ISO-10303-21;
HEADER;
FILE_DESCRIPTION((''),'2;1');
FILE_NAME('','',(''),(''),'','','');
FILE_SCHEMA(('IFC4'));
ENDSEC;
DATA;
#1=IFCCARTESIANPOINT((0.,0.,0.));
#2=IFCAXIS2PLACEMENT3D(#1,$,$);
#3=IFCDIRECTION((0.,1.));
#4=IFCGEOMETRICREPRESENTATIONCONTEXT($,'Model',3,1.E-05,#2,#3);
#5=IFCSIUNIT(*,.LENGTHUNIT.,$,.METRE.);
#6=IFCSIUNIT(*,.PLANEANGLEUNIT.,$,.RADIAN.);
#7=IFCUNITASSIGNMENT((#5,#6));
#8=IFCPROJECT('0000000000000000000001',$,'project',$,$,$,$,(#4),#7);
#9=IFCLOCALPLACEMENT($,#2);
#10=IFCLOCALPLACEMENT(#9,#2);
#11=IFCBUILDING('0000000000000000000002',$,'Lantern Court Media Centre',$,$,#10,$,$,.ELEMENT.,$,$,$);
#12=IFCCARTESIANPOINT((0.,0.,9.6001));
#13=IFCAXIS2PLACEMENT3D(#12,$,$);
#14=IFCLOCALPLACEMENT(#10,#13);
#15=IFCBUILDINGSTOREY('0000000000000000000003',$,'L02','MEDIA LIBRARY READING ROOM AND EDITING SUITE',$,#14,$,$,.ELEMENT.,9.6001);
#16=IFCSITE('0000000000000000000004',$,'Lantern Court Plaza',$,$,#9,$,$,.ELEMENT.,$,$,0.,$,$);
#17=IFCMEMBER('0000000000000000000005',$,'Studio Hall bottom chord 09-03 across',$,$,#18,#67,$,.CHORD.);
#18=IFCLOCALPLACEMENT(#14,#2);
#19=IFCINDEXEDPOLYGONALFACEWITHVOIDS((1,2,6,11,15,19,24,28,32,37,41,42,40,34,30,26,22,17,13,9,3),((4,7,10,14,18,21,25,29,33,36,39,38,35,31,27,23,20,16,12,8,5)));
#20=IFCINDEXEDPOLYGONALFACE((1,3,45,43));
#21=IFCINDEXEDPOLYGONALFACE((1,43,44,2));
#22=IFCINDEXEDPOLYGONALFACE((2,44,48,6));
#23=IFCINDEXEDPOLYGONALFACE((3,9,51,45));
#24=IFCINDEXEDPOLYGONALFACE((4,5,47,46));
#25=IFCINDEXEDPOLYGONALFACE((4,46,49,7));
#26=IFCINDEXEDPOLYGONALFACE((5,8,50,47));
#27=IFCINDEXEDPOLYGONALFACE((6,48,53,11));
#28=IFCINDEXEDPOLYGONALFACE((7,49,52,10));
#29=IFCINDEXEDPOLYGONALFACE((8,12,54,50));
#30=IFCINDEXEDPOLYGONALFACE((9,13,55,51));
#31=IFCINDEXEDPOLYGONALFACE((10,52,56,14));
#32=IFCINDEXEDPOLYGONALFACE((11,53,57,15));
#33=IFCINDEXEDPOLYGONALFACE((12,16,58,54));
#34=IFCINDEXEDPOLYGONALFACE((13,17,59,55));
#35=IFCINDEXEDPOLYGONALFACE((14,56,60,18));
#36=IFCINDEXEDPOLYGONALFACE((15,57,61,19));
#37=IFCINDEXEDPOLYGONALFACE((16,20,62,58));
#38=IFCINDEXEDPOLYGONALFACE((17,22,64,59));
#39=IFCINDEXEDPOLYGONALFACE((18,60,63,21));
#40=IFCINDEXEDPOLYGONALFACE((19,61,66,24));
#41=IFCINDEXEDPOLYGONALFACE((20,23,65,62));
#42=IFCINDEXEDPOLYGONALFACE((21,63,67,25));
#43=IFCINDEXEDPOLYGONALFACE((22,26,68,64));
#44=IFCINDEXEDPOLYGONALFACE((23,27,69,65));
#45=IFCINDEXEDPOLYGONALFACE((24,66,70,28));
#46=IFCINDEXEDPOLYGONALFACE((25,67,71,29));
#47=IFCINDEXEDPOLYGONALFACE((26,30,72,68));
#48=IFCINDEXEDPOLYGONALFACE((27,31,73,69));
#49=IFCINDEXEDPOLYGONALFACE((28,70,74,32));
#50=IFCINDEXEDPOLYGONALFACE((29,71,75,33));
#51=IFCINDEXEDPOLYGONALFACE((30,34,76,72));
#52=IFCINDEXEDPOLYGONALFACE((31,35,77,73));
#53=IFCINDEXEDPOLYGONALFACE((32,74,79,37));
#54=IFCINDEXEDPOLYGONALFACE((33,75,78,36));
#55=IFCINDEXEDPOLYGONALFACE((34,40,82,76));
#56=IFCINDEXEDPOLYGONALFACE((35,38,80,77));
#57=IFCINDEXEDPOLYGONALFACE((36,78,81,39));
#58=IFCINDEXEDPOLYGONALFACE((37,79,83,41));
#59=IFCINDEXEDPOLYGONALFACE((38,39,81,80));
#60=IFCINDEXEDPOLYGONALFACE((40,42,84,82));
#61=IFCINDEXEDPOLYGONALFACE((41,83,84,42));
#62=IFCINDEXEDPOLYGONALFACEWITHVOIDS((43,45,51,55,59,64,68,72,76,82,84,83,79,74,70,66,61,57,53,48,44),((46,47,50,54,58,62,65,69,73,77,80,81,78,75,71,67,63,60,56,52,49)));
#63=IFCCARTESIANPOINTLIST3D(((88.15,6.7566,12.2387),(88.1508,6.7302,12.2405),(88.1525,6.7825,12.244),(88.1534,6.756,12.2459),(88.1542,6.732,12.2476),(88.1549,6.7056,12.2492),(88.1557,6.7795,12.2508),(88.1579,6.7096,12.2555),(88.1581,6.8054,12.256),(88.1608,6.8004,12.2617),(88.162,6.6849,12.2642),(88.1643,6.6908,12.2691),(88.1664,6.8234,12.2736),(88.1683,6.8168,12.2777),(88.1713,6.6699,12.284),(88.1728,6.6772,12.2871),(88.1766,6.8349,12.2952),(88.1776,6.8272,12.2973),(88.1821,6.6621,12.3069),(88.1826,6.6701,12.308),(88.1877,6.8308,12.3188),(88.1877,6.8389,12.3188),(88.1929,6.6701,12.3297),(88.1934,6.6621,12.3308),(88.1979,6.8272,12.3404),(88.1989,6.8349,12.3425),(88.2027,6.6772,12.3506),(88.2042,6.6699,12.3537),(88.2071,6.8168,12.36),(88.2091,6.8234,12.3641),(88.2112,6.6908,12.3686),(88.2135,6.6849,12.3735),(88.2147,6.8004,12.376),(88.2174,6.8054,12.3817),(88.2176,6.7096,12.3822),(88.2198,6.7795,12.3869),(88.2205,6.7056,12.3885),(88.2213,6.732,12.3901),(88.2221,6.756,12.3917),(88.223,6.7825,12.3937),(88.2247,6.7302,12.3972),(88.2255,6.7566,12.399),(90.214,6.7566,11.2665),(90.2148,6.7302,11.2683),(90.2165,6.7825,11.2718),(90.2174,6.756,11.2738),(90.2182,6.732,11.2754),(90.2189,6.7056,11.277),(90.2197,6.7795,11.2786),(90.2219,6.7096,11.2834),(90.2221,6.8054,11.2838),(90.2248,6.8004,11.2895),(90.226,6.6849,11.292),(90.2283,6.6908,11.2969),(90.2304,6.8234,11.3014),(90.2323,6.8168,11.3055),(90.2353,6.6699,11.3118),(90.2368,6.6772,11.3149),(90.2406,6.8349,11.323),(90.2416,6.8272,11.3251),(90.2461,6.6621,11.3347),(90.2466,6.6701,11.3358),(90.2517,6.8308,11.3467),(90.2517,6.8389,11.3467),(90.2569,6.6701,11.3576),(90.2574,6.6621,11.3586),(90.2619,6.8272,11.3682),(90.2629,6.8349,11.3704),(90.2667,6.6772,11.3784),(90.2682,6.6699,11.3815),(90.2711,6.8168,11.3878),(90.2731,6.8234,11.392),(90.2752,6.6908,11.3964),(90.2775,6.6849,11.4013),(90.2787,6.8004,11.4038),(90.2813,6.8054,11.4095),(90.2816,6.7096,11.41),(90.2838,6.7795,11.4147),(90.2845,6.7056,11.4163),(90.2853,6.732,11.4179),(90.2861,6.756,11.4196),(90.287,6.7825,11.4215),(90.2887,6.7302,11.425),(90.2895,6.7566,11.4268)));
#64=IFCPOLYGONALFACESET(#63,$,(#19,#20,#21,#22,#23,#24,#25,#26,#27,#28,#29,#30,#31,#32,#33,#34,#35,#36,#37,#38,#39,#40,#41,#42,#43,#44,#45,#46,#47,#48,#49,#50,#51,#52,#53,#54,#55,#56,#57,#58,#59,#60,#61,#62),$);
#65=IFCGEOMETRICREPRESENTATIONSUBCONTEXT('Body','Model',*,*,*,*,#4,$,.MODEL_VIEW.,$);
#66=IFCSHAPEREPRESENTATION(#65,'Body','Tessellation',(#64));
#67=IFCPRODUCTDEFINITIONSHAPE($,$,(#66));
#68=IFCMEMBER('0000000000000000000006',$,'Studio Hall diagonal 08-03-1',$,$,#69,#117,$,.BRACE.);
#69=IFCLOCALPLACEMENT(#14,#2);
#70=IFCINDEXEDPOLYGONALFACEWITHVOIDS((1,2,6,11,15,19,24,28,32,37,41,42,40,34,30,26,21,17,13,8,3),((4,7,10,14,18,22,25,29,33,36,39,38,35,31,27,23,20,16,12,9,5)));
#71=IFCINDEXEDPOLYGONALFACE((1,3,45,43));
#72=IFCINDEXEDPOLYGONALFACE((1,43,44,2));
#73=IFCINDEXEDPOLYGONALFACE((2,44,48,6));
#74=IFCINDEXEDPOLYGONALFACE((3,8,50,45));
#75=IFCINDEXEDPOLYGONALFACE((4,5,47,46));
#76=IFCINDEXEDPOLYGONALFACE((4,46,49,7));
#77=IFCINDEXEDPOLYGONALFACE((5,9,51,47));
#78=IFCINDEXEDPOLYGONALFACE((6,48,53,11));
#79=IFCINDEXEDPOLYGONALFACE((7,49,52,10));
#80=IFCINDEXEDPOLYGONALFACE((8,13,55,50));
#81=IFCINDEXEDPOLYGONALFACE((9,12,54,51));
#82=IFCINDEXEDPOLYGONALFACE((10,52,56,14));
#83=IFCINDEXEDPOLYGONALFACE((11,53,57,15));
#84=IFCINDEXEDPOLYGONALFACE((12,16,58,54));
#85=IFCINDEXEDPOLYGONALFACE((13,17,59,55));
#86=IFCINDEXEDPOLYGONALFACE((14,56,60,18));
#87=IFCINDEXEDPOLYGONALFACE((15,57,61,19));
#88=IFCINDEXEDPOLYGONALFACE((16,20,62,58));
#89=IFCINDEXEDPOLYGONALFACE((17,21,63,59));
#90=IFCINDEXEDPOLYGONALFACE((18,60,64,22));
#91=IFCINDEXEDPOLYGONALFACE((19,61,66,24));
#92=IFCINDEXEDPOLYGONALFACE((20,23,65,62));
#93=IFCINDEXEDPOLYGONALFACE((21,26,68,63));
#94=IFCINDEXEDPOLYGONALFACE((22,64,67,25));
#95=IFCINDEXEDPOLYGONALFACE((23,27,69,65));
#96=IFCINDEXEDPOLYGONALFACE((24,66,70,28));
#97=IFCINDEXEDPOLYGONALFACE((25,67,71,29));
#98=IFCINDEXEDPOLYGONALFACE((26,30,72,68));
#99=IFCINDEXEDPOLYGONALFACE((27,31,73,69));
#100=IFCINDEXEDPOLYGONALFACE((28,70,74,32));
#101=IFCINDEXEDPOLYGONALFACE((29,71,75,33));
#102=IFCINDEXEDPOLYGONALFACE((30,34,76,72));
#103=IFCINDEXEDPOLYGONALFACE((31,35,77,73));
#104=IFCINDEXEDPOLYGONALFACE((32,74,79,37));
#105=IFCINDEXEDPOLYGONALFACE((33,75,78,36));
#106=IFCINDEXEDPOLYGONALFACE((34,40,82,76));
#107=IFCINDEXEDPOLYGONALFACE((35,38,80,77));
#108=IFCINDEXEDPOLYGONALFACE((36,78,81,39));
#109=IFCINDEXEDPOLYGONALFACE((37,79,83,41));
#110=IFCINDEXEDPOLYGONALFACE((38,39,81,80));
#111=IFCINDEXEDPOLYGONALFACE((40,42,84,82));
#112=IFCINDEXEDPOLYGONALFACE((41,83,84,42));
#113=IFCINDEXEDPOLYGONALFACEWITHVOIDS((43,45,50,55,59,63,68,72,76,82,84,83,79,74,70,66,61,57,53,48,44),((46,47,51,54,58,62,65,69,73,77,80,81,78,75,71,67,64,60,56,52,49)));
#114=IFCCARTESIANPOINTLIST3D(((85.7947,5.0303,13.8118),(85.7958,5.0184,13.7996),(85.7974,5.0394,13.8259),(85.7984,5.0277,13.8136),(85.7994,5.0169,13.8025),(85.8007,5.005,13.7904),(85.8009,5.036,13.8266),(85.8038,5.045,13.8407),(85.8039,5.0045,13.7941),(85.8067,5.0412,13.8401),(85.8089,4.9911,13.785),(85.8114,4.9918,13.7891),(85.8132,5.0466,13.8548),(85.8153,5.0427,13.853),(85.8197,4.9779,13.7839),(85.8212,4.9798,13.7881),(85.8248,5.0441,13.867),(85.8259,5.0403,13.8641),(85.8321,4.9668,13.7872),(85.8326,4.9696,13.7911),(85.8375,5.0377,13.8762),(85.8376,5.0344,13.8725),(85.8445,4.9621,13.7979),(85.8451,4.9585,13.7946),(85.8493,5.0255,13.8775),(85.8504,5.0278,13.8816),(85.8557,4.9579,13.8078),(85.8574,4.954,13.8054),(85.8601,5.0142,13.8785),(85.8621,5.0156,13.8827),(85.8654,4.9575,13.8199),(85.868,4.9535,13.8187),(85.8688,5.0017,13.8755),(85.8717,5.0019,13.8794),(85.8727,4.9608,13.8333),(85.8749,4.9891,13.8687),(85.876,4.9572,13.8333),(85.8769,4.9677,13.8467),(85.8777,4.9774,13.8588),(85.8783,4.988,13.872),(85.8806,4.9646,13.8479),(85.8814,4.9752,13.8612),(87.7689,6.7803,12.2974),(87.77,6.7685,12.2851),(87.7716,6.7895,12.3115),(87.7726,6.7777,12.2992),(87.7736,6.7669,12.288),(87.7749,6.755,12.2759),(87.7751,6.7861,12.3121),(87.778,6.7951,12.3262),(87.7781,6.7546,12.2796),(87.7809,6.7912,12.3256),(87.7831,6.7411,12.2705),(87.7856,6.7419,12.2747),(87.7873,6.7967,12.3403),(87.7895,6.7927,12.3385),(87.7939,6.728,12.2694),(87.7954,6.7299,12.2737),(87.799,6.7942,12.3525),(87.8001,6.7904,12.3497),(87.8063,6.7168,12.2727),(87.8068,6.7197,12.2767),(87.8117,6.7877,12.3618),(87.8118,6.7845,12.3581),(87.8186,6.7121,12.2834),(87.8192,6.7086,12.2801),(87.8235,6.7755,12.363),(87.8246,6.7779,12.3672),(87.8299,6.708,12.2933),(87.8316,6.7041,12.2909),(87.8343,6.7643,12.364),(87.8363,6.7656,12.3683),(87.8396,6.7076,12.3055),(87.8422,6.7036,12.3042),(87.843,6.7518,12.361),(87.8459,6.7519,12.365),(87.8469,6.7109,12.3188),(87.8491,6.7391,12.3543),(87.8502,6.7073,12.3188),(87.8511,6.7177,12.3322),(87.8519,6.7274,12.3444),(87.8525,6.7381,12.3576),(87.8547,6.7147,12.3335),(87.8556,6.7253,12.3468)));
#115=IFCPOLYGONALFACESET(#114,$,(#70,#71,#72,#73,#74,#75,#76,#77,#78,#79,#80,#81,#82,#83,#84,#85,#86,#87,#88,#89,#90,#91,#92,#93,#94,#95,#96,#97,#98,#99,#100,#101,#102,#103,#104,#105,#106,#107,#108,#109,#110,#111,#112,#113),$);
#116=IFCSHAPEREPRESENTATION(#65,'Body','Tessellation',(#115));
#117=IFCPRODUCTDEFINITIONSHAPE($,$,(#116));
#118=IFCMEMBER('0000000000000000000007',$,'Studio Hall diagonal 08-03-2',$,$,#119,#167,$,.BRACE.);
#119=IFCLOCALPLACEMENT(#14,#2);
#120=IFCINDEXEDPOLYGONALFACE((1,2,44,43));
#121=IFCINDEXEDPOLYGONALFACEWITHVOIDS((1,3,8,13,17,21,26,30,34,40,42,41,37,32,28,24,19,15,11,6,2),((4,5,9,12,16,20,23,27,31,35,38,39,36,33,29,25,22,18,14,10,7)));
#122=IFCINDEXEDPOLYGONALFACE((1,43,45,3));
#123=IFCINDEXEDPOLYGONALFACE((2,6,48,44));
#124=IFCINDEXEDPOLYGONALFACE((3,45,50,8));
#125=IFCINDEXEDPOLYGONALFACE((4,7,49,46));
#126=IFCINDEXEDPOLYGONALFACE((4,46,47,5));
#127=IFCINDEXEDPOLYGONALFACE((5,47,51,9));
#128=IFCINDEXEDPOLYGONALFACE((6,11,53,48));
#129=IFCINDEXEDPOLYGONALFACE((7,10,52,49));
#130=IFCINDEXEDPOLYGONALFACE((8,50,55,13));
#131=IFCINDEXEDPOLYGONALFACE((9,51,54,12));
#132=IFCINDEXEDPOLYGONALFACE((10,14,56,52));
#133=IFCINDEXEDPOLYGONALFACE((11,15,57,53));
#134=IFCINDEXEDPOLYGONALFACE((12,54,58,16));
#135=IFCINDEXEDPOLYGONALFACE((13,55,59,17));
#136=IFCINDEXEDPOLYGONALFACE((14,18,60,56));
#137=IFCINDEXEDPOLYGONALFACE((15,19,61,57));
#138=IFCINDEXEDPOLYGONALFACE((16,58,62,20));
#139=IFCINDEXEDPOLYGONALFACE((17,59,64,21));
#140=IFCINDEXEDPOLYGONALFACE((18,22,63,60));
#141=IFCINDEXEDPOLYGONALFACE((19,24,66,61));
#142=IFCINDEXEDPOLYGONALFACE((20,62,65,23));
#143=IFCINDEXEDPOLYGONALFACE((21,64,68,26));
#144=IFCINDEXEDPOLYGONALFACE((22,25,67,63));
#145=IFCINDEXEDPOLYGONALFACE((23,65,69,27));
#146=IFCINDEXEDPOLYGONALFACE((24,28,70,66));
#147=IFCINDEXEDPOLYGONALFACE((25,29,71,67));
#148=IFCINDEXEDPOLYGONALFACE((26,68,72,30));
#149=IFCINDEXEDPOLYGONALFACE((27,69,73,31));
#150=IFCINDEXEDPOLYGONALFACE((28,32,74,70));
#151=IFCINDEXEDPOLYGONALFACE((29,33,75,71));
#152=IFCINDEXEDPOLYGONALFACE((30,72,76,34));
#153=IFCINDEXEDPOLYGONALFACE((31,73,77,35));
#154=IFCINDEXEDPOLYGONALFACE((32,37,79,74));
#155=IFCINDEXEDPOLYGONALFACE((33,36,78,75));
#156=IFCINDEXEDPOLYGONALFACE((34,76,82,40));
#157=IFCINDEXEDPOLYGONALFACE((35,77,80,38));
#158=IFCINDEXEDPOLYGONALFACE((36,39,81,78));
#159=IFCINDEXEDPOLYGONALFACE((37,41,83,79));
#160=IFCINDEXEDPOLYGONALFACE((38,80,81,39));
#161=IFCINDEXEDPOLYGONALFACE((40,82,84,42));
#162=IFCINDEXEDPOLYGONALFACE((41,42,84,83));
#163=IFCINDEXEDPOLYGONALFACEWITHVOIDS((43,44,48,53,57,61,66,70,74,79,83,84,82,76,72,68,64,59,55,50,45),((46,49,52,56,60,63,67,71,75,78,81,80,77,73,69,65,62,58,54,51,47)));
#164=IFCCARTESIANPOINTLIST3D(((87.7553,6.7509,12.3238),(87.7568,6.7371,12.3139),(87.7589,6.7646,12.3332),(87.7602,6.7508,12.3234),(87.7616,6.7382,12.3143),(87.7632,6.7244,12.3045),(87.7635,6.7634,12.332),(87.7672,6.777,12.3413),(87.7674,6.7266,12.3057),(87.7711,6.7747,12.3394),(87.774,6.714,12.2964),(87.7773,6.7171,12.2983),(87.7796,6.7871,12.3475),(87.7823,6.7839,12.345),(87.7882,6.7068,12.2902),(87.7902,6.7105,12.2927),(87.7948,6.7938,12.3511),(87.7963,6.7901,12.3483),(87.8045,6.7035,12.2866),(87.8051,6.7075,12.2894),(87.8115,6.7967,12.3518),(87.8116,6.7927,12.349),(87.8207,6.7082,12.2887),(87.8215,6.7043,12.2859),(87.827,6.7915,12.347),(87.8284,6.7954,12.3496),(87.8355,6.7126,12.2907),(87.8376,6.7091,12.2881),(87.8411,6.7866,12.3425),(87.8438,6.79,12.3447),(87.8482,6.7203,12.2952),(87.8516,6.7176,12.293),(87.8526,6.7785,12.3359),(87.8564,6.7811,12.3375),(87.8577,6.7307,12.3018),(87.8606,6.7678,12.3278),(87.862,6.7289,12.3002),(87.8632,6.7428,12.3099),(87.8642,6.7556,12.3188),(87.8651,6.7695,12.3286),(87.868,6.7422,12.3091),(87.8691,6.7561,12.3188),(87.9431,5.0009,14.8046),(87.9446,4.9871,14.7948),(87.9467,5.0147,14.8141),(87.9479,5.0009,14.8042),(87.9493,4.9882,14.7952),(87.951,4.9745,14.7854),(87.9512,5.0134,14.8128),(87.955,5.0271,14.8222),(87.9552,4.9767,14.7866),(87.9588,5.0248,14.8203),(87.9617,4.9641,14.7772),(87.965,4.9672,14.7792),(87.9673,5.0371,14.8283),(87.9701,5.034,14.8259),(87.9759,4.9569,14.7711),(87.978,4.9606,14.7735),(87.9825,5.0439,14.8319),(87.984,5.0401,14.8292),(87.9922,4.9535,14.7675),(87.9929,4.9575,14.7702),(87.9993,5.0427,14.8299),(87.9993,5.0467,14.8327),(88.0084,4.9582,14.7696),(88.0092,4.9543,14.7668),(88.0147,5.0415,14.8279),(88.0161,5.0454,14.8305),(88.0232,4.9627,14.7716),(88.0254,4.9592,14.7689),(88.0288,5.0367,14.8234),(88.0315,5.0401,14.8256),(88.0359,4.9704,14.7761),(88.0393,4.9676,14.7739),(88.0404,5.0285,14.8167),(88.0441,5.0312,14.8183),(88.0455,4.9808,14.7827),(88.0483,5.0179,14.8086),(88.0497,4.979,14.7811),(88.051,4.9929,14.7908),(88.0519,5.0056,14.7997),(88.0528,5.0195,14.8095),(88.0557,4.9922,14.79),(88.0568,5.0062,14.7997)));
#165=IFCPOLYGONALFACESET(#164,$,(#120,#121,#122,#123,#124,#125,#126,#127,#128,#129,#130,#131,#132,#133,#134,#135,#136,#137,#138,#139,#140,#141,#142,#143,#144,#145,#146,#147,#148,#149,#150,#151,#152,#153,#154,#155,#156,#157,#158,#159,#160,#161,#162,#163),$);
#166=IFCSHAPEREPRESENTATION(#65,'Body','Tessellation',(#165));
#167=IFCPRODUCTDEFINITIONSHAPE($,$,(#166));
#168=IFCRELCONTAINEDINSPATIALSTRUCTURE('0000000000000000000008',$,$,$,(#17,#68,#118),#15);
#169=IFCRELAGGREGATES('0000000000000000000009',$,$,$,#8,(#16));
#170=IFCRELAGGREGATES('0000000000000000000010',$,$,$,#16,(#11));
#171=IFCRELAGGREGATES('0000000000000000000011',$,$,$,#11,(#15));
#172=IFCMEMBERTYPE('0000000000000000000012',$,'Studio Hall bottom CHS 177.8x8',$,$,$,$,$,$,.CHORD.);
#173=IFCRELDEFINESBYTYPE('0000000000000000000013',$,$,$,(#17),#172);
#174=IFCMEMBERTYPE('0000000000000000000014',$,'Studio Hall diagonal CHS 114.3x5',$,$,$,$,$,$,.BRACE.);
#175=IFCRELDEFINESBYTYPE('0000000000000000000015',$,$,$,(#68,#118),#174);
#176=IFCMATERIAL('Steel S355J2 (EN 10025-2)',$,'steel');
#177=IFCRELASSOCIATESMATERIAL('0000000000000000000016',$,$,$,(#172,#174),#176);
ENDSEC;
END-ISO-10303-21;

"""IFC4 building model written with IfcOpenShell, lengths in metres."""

from ifc_helpers import new_model, si_unit, direction, frame, origin, origin_2d, place, context, subcontext, project, spatial, hollow_circle, extrude, material, material_profile, profile_set, type_object, element, save


model = new_model("IFC4")

# Units and contexts
model_context = context("Model", 3, precision=1e-05, world=origin(), true_north=direction((0.0, 1.0)))
body_context = subcontext(model_context, "Body", "Model", "MODEL_VIEW")
ifc_project = project(units=[si_unit("LENGTHUNIT", "METRE"), si_unit("PLANEANGLEUNIT", "RADIAN")], contexts=[model_context])

# Site, building, storey
site_placement = place(None, origin())
site = spatial("IfcSite", under=ifc_project, at=site_placement, Name="Lantern Court Plaza", CompositionType="ELEMENT", RefElevation=0.0)
building_placement = place(site_placement, origin())
building = spatial("IfcBuilding", under=site, at=building_placement, Name="Lantern Court Media Centre", CompositionType="ELEMENT")
storey_placement = place(building_placement, frame((0.0, 0.0, 9.6001)))
storey = spatial("IfcBuildingStorey", under=building, at=storey_placement, Name="L02", Description="MEDIA LIBRARY READING ROOM AND EDITING SUITE", CompositionType="ELEMENT", Elevation=9.6001)

# Members
ifc_material = material(Name="Steel S355J2 (EN 10025-2)", Category="steel")
ifc_material_profile_1 = material_profile(ifc_material, hollow_circle(Radius=0.0889, WallThickness=0.0081, at=origin_2d()), Name="Studio Hall bottom CHS 177.8x8")
ifc_profile_set_1 = profile_set([ifc_material_profile_1], Name="Steel S355J2 (EN 10025-2)")
member_type_1 = type_object("IfcMemberType", Name="Studio Hall bottom CHS 177.8x8", PredefinedType="CHORD", material=ifc_profile_set_1)
member_1_placement = place(storey_placement, frame((88.1877, 6.75, 12.3188), z_axis=(0.904668, 0.0, -0.426117), x_axis=(0.0, 1.0, 0.0)))
element("IfcMember", 1, at=member_1_placement, inside=storey, type_object=member_type_1, Name="Studio Hall bottom chord 09-03 across", PredefinedType="CHORD", context=body_context, shape_type="SweptSolid", body=[
    extrude(hollow_circle(Radius=0.0889, WallThickness=0.0081, at=origin_2d()), origin(), (0.0, 0.0, 1.0), 2.2815),
])
ifc_material_profile_2 = material_profile(ifc_material, hollow_circle(Radius=0.0571, WallThickness=0.0049, at=origin_2d()), Name="Studio Hall diagonal CHS 114.3x5")
ifc_profile_set_2 = profile_set([ifc_material_profile_2], Name="Steel S355J2 (EN 10025-2)")
member_type_2 = type_object("IfcMemberType", Name="Studio Hall diagonal CHS 114.3x5", PredefinedType="BRACE", material=ifc_profile_set_2)
member_2_placement = place(storey_placement, frame((87.8123, 6.75, 12.3188), z_axis=(-0.648979, -0.575301, 0.49785), x_axis=(0.663352, -0.748307, 0.0)))
element("IfcMember", 2, at=member_2_placement, inside=storey, type_object=member_type_2, Name="Studio Hall diagonal 08-03-1", PredefinedType="BRACE", context=body_context, shape_type="SweptSolid", body=[
    extrude(hollow_circle(Radius=0.0571, WallThickness=0.0049, at=origin_2d()), origin(), (0.0, 0.0, 1.0), 3.042),
])
for number, where, z_axis, x_axis, name in (
    (3, (87.8123, 6.75, 12.3188), (0.06172, -0.575306, 0.815606), (0.994294, 0.10667, 0.0), "Studio Hall diagonal 08-03-2"),
):
    element("IfcMember", number, at=place(storey_placement, frame(where, z_axis=z_axis, x_axis=x_axis)), inside=storey, type_object=member_type_2, Name=name, PredefinedType="BRACE", context=body_context, shape_type="SweptSolid", body=[
        extrude(hollow_circle(Radius=0.0571, WallThickness=0.0049, at=origin_2d()), origin(), (0.0, 0.0, 1.0), 3.0417),
    ])

save(model, "model.ifc")
